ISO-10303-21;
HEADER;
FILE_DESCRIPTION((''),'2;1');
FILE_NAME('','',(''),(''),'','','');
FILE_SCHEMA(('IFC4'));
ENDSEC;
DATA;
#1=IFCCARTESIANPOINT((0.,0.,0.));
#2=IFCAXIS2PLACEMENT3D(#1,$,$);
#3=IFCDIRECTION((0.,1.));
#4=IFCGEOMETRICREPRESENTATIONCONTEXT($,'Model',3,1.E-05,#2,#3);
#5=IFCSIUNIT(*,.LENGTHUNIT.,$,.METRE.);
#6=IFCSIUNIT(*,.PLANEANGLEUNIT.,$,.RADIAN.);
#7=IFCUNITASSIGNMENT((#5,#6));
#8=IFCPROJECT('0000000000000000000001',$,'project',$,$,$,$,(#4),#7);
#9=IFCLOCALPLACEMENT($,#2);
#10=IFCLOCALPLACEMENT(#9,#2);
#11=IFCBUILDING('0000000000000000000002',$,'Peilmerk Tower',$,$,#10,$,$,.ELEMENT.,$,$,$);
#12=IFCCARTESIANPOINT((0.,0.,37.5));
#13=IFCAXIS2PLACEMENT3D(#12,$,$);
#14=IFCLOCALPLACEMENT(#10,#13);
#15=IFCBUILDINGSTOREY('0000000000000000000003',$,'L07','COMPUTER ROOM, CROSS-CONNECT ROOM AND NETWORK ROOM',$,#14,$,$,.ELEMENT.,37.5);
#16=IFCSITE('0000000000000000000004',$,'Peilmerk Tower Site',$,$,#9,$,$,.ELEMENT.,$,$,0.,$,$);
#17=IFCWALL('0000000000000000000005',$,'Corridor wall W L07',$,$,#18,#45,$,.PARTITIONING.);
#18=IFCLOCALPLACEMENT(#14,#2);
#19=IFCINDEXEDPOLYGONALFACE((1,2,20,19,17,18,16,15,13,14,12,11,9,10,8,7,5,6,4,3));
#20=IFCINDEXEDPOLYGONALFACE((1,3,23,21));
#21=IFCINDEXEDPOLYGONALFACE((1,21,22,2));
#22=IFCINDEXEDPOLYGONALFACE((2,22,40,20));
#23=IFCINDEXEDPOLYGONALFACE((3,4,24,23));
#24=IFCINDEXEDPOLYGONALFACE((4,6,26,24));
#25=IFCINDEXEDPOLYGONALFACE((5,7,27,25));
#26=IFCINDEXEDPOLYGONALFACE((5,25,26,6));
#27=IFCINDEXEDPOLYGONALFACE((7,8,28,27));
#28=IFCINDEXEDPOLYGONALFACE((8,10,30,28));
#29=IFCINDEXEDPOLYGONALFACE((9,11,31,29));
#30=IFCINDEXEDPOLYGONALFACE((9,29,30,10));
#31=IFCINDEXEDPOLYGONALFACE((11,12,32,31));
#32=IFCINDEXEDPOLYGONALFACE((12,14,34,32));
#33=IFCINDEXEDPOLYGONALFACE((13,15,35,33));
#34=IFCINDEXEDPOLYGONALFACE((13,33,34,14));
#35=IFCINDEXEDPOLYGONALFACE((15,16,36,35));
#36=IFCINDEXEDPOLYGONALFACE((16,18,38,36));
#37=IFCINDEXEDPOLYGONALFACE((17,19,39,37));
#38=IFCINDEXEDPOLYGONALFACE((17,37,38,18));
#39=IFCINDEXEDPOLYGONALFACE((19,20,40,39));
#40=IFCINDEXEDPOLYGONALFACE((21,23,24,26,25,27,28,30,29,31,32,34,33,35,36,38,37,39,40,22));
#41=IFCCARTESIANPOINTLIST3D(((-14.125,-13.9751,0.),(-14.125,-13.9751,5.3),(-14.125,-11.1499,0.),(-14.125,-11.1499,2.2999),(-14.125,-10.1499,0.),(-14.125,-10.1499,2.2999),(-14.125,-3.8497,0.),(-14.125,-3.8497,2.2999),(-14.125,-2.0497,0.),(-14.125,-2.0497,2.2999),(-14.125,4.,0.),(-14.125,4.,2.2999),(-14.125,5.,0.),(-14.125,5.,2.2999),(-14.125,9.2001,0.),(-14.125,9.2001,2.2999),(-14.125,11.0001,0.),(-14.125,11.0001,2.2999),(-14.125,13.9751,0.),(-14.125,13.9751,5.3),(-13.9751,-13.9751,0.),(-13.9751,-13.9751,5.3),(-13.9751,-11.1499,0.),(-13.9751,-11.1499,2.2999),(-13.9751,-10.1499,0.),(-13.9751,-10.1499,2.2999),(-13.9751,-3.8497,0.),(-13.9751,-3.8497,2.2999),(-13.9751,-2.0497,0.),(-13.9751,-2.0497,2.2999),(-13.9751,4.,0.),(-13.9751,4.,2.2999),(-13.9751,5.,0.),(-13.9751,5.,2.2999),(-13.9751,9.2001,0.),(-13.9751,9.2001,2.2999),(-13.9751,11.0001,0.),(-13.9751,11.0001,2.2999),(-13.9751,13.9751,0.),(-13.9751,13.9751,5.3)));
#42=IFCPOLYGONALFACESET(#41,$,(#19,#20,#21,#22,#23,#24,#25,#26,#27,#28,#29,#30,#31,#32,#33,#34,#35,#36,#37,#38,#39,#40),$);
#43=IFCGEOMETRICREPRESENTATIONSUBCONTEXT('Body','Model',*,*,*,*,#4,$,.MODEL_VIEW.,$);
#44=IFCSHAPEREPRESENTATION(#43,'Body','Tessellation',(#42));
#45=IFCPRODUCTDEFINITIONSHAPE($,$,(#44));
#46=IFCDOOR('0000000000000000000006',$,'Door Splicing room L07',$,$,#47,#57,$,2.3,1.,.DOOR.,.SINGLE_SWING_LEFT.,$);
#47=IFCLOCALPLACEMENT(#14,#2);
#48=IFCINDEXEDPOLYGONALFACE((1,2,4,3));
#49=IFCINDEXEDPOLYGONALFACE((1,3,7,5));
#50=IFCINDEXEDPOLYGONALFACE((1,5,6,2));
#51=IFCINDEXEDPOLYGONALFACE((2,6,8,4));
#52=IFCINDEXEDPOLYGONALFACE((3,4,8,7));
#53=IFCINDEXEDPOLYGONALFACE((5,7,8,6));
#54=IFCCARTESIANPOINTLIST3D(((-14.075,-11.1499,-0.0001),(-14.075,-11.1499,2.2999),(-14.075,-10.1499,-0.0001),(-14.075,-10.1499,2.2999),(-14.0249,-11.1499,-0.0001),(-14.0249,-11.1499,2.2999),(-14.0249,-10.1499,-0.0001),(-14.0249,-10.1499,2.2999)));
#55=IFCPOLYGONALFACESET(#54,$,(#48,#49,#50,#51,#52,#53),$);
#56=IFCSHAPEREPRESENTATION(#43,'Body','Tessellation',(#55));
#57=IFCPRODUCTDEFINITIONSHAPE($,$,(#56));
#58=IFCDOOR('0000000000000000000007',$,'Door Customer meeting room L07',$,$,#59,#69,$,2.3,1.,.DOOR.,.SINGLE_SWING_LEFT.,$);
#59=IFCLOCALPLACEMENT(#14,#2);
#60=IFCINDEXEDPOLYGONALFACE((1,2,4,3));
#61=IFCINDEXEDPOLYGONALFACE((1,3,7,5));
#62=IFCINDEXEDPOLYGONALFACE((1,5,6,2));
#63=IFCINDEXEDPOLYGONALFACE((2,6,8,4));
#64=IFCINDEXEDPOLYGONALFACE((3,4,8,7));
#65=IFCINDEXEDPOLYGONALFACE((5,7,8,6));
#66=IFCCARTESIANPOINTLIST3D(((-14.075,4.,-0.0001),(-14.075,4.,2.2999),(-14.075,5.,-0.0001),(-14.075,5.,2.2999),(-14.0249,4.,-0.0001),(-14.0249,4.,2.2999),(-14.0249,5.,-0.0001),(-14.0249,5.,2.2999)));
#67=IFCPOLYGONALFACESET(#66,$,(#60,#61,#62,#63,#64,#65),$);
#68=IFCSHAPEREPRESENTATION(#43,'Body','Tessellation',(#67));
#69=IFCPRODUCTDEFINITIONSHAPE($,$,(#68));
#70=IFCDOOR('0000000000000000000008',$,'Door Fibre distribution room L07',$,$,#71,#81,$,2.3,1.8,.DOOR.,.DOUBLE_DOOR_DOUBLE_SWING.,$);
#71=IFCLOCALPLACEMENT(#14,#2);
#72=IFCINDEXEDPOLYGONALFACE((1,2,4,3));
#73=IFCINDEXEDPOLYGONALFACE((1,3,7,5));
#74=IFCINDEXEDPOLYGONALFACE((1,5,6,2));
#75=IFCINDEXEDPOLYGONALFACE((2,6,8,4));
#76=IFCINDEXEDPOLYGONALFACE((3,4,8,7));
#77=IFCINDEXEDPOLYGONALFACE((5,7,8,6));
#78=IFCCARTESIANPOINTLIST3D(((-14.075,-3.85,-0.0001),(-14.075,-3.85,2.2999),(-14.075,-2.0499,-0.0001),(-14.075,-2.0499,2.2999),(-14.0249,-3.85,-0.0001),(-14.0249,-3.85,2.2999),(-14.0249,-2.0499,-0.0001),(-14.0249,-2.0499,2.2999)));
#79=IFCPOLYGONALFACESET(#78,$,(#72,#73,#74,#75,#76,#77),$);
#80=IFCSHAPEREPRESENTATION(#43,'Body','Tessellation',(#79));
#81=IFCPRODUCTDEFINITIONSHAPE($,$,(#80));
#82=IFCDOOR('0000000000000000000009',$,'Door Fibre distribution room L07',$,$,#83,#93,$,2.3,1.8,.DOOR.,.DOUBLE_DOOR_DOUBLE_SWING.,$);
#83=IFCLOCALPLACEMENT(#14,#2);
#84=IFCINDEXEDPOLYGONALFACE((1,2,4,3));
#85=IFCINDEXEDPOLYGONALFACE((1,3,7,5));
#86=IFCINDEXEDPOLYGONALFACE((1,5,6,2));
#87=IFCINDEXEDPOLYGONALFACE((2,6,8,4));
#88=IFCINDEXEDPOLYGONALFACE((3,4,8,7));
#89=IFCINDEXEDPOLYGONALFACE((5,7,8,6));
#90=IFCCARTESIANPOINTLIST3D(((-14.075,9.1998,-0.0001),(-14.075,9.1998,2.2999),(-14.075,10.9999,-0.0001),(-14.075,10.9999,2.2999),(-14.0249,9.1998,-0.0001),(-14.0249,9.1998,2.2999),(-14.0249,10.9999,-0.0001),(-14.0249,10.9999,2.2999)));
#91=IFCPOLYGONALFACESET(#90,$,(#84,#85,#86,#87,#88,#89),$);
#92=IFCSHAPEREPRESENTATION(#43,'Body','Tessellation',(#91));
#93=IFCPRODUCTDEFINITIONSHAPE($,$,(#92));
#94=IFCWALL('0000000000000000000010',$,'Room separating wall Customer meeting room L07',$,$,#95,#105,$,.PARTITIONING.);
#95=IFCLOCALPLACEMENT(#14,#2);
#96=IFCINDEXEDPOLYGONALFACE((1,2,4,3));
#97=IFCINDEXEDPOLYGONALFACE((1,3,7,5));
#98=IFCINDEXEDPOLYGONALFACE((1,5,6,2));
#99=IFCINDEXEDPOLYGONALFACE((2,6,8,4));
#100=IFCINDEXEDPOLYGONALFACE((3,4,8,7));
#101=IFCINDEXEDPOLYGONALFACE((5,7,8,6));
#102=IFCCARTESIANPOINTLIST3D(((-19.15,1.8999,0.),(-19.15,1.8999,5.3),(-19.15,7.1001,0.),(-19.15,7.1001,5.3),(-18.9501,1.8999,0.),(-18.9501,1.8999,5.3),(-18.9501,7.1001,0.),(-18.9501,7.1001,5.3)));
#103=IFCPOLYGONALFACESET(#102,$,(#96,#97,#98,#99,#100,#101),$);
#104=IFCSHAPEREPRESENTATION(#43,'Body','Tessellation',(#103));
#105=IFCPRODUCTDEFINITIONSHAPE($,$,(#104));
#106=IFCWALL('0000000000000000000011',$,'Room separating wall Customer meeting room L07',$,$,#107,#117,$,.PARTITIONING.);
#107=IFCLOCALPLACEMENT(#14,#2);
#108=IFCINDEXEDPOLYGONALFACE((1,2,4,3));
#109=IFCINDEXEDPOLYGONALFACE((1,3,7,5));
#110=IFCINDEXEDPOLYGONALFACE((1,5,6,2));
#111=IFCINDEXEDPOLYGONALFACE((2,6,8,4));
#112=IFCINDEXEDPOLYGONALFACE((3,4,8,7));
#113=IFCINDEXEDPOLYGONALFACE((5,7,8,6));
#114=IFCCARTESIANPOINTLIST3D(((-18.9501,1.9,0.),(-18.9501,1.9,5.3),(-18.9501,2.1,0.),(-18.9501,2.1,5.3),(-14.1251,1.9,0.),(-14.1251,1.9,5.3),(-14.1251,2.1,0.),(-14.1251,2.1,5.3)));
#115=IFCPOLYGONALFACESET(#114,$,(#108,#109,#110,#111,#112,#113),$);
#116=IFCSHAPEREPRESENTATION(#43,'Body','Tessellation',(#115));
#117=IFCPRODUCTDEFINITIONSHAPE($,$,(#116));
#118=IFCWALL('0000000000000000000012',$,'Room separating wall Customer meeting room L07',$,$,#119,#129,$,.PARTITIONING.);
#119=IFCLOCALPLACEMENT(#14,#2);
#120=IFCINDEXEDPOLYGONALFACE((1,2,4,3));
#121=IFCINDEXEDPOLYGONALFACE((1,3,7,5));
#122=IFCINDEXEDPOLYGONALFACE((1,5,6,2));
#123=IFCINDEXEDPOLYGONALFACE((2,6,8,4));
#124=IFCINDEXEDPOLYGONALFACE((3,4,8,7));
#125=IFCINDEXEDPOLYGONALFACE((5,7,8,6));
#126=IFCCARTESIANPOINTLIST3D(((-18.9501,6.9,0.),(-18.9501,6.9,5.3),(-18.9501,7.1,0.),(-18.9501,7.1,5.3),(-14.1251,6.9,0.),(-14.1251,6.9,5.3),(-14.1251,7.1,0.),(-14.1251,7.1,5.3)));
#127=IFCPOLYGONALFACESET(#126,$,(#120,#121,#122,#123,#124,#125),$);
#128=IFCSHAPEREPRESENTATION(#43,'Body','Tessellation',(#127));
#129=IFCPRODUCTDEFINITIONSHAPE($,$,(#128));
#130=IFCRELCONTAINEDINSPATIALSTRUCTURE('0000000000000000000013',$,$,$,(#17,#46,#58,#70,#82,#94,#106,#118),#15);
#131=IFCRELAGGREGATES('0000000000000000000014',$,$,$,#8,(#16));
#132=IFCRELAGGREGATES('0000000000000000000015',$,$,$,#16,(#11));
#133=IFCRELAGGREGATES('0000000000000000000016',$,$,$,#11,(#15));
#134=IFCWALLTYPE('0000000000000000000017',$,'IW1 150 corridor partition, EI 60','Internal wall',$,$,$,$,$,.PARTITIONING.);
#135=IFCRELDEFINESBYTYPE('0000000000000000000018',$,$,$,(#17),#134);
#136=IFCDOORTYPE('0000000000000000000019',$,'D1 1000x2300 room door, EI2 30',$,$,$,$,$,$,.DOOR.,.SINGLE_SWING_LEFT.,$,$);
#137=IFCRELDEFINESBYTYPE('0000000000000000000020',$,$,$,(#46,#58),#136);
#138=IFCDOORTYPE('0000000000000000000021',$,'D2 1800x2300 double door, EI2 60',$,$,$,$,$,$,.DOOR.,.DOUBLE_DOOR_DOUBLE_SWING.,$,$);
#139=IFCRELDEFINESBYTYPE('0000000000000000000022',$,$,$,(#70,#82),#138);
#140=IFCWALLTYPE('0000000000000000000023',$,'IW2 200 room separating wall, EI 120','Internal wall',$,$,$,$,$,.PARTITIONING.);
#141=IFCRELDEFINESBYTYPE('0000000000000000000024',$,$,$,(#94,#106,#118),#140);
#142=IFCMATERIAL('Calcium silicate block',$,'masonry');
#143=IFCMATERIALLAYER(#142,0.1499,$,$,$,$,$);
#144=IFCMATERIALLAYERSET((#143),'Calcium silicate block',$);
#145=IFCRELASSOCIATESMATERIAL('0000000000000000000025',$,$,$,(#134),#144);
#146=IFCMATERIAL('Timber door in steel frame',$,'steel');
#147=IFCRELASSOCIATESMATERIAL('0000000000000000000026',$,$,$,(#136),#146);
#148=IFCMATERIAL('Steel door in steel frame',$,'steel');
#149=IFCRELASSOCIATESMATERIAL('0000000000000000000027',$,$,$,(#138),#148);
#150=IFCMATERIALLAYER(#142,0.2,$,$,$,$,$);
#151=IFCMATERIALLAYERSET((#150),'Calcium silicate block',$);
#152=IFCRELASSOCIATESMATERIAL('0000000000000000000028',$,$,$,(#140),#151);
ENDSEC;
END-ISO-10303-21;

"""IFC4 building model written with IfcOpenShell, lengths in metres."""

from ifc_helpers import new_model, si_unit, direction, frame, frame_2d, origin, place, context, subcontext, project, spatial, rectangle, extrude, material, layer, layer_set, type_object, element, fill, save


model = new_model("IFC4")

# Units and contexts
model_context = context("Model", 3, precision=1e-05, world=origin(), true_north=direction((0.0, 1.0)))
body_context = subcontext(model_context, "Body", "Model", "MODEL_VIEW")
ifc_project = project(units=[si_unit("LENGTHUNIT", "METRE"), si_unit("PLANEANGLEUNIT", "RADIAN")], contexts=[model_context])

# Site, building, storey
site_placement = place(None, origin())
site = spatial("IfcSite", under=ifc_project, at=site_placement, Name="Peilmerk Tower Site", CompositionType="ELEMENT", RefElevation=0.0)
building_placement = place(site_placement, origin())
building = spatial("IfcBuilding", under=site, at=building_placement, Name="Peilmerk Tower", CompositionType="ELEMENT")
storey_placement = place(building_placement, frame((0.0, 0.0, 37.5)))
storey = spatial("IfcBuildingStorey", under=building, at=storey_placement, Name="L07", Description="COMPUTER ROOM, CROSS-CONNECT ROOM AND NETWORK ROOM", CompositionType="ELEMENT", Elevation=37.5)

# Wall, openings, doors
ifc_material_1 = material(Name="Calcium silicate block", Category="masonry")
ifc_layer_1 = layer(ifc_material_1, 0.1499)
ifc_layer_set_1 = layer_set([ifc_layer_1], Name="Calcium silicate block")
wall_type_1 = type_object("IfcWallType", Name="IW1 150 corridor partition, EI 60", Description="Internal wall", PredefinedType="PARTITIONING", material=ifc_layer_set_1)
ifc_material_2 = material(Name="Timber door in steel frame", Category="steel")
door_type_1 = type_object("IfcDoorType", Name="D1 1000x2300 room door, EI2 30", OperationType="SINGLE_SWING_LEFT", PredefinedType="DOOR", material=ifc_material_2)
ifc_material_3 = material(Name="Steel door in steel frame", Category="steel")
door_type_2 = type_object("IfcDoorType", Name="D2 1800x2300 double door, EI2 60", OperationType="DOUBLE_DOOR_DOUBLE_SWING", PredefinedType="DOOR", material=ifc_material_3)
wall_1_placement = place(storey_placement, frame((-14.05, 13.9751, 0.0), z_axis=(0.0, 0.0, 1.0), x_axis=(0.0, -1.0, 0.0)))
wall_1 = element("IfcWall", 1, at=wall_1_placement, inside=storey, type_object=wall_type_1, Name="Corridor wall W L07", PredefinedType="PARTITIONING", context=body_context, shape_type="SweptSolid", body=[
    extrude(rectangle(XDim=27.9502, YDim=0.1499, at=frame_2d((13.9751, 0.0))), origin(), (0.0, 0.0, 1.0), 5.3),
])
opening_1_placement = place(wall_1_placement, frame((24.125, 0.0, 0.0)))
opening_1 = element("IfcOpeningElement", 2, at=opening_1_placement, cuts=wall_1, PredefinedType="OPENING", context=body_context, shape_type="SweptSolid", body=[
    extrude(rectangle(XDim=1.0, YDim=2.3, at=frame_2d((0.5, 1.1499))), frame((0.0, 0.085, 0.0), z_axis=(0.0, -1.0, 0.0), x_axis=(1.0, 0.0, 0.0)), (0.0, 0.0, 1.0), 0.1699),
])
opening_2_placement = place(wall_1_placement, frame((16.0249, 0.0, 0.0)))
opening_2 = element("IfcOpeningElement", 3, at=opening_2_placement, cuts=wall_1, PredefinedType="OPENING", context=body_context, shape_type="SweptSolid", body=[
    extrude(rectangle(XDim=1.8, YDim=2.3, at=frame_2d((0.8999, 1.1499))), frame((0.0, 0.085, 0.0), z_axis=(0.0, -1.0, 0.0), x_axis=(1.0, 0.0, 0.0)), (0.0, 0.0, 1.0), 0.1699),
])
opening_3_placement = place(wall_1_placement, frame((2.9751, 0.0, 0.0)))
opening_3 = element("IfcOpeningElement", 4, at=opening_3_placement, cuts=wall_1, PredefinedType="OPENING", context=body_context, shape_type="SweptSolid", body=[
    extrude(rectangle(XDim=1.8, YDim=2.3, at=frame_2d((0.8999, 1.1499))), frame((0.0, 0.085, 0.0), z_axis=(0.0, -1.0, 0.0), x_axis=(1.0, 0.0, 0.0)), (0.0, 0.0, 1.0), 0.1699),
])
opening_4_placement = place(wall_1_placement, frame((8.9751, 0.0, 0.0)))
opening_4 = element("IfcOpeningElement", 5, at=opening_4_placement, cuts=wall_1, PredefinedType="OPENING", context=body_context, shape_type="SweptSolid", body=[
    extrude(rectangle(XDim=1.0, YDim=2.3, at=frame_2d((0.5, 1.1499))), frame((0.0, 0.085, 0.0), z_axis=(0.0, -1.0, 0.0), x_axis=(1.0, 0.0, 0.0)), (0.0, 0.0, 1.0), 0.1699),
])
door_1_placement = place(opening_1_placement, frame((1.0, 0.0, 0.0), z_axis=(0.0, 0.0, 1.0), x_axis=(-1.0, 0.0, 0.0)))
door_1 = element("IfcDoor", 6, at=door_1_placement, inside=storey, type_object=door_type_1, Name="Door Splicing room L07", OperationType="SINGLE_SWING_LEFT", OverallHeight=2.3, OverallWidth=1.0, PredefinedType="DOOR", context=body_context, shape_type="SweptSolid", body=[
    extrude(rectangle(XDim=1.0, YDim=2.3, at=frame_2d((0.5, 1.1499))), frame((0.0, 0.0249, 0.0), z_axis=(0.0, -1.0, 0.0), x_axis=(1.0, 0.0, 0.0)), (0.0, 0.0, 1.0), 0.05),
])
fill(opening_1, door_1)
door_2_placement = place(opening_4_placement, frame((1.0, 0.0, 0.0), z_axis=(0.0, 0.0, 1.0), x_axis=(-1.0, 0.0, 0.0)))
door_2 = element("IfcDoor", 7, at=door_2_placement, inside=storey, type_object=door_type_1, Name="Door Customer meeting room L07", OperationType="SINGLE_SWING_LEFT", OverallHeight=2.3, OverallWidth=1.0, PredefinedType="DOOR", context=body_context, shape_type="SweptSolid", body=[
    extrude(rectangle(XDim=1.0, YDim=2.3, at=frame_2d((0.5, 1.1499))), frame((0.0, 0.0249, 0.0), z_axis=(0.0, -1.0, 0.0), x_axis=(1.0, 0.0, 0.0)), (0.0, 0.0, 1.0), 0.05),
])
fill(opening_4, door_2)
door_3_placement = place(opening_2_placement, frame((1.8, 0.0, 0.0), z_axis=(0.0, 0.0, 1.0), x_axis=(-1.0, 0.0, 0.0)))
door_3 = element("IfcDoor", 8, at=door_3_placement, inside=storey, type_object=door_type_2, Name="Door Fibre distribution room L07", OperationType="DOUBLE_DOOR_DOUBLE_SWING", OverallHeight=2.3, OverallWidth=1.8, PredefinedType="DOOR", context=body_context, shape_type="SweptSolid", body=[
    extrude(rectangle(XDim=1.8, YDim=2.3, at=frame_2d((0.8999, 1.1499))), frame((0.0, 0.0249, 0.0), z_axis=(0.0, -1.0, 0.0), x_axis=(1.0, 0.0, 0.0)), (0.0, 0.0, 1.0), 0.05),
])
fill(opening_2, door_3)
door_4_placement = place(opening_3_placement, frame((1.8, 0.0, 0.0), z_axis=(0.0, 0.0, 1.0), x_axis=(-1.0, 0.0, 0.0)))
door_4 = element("IfcDoor", 9, at=door_4_placement, inside=storey, type_object=door_type_2, Name="Door Fibre distribution room L07", OperationType="DOUBLE_DOOR_DOUBLE_SWING", OverallHeight=2.3, OverallWidth=1.8, PredefinedType="DOOR", context=body_context, shape_type="SweptSolid", body=[
    extrude(rectangle(XDim=1.8, YDim=2.3, at=frame_2d((0.8999, 1.1499))), frame((0.0, 0.0249, 0.0), z_axis=(0.0, -1.0, 0.0), x_axis=(1.0, 0.0, 0.0)), (0.0, 0.0, 1.0), 0.05),
])
fill(opening_3, door_4)

# Walls
ifc_layer_2 = layer(ifc_material_1, 0.2)
ifc_layer_set_2 = layer_set([ifc_layer_2], Name="Calcium silicate block")
wall_type_2 = type_object("IfcWallType", Name="IW2 200 room separating wall, EI 120", Description="Internal wall", PredefinedType="PARTITIONING", material=ifc_layer_set_2)
wall_2_placement = place(storey_placement, frame((-19.05, 1.8999, 0.0), z_axis=(0.0, 0.0, 1.0), x_axis=(0.0, 1.0, 0.0)))
element("IfcWall", 10, at=wall_2_placement, inside=storey, type_object=wall_type_2, Name="Room separating wall Customer meeting room L07", PredefinedType="PARTITIONING", context=body_context, shape_type="SweptSolid", body=[
    extrude(rectangle(XDim=5.2002, YDim=0.2, at=frame_2d((2.6001, 0.0))), origin(), (0.0, 0.0, 1.0), 5.3),
])
for number, where, z_axis, x_axis, name in (
    (11, (-14.125, 2.0, 0.0), (0.0, 0.0, 1.0), (-1.0, 0.0, 0.0), "Room separating wall Customer meeting room L07"),
    (12, (-14.125, 7.0, 0.0), (0.0, 0.0, 1.0), (-1.0, 0.0, 0.0), "Room separating wall Customer meeting room L07"),
):
    element("IfcWall", number, at=place(storey_placement, frame(where, z_axis=z_axis, x_axis=x_axis)), inside=storey, type_object=wall_type_2, Name=name, PredefinedType="PARTITIONING", context=body_context, shape_type="SweptSolid", body=[
        extrude(rectangle(XDim=4.825, YDim=0.2, at=frame_2d((2.4126, 0.0))), origin(), (0.0, 0.0, 1.0), 5.3),
    ])

save(model, "model.ifc")
